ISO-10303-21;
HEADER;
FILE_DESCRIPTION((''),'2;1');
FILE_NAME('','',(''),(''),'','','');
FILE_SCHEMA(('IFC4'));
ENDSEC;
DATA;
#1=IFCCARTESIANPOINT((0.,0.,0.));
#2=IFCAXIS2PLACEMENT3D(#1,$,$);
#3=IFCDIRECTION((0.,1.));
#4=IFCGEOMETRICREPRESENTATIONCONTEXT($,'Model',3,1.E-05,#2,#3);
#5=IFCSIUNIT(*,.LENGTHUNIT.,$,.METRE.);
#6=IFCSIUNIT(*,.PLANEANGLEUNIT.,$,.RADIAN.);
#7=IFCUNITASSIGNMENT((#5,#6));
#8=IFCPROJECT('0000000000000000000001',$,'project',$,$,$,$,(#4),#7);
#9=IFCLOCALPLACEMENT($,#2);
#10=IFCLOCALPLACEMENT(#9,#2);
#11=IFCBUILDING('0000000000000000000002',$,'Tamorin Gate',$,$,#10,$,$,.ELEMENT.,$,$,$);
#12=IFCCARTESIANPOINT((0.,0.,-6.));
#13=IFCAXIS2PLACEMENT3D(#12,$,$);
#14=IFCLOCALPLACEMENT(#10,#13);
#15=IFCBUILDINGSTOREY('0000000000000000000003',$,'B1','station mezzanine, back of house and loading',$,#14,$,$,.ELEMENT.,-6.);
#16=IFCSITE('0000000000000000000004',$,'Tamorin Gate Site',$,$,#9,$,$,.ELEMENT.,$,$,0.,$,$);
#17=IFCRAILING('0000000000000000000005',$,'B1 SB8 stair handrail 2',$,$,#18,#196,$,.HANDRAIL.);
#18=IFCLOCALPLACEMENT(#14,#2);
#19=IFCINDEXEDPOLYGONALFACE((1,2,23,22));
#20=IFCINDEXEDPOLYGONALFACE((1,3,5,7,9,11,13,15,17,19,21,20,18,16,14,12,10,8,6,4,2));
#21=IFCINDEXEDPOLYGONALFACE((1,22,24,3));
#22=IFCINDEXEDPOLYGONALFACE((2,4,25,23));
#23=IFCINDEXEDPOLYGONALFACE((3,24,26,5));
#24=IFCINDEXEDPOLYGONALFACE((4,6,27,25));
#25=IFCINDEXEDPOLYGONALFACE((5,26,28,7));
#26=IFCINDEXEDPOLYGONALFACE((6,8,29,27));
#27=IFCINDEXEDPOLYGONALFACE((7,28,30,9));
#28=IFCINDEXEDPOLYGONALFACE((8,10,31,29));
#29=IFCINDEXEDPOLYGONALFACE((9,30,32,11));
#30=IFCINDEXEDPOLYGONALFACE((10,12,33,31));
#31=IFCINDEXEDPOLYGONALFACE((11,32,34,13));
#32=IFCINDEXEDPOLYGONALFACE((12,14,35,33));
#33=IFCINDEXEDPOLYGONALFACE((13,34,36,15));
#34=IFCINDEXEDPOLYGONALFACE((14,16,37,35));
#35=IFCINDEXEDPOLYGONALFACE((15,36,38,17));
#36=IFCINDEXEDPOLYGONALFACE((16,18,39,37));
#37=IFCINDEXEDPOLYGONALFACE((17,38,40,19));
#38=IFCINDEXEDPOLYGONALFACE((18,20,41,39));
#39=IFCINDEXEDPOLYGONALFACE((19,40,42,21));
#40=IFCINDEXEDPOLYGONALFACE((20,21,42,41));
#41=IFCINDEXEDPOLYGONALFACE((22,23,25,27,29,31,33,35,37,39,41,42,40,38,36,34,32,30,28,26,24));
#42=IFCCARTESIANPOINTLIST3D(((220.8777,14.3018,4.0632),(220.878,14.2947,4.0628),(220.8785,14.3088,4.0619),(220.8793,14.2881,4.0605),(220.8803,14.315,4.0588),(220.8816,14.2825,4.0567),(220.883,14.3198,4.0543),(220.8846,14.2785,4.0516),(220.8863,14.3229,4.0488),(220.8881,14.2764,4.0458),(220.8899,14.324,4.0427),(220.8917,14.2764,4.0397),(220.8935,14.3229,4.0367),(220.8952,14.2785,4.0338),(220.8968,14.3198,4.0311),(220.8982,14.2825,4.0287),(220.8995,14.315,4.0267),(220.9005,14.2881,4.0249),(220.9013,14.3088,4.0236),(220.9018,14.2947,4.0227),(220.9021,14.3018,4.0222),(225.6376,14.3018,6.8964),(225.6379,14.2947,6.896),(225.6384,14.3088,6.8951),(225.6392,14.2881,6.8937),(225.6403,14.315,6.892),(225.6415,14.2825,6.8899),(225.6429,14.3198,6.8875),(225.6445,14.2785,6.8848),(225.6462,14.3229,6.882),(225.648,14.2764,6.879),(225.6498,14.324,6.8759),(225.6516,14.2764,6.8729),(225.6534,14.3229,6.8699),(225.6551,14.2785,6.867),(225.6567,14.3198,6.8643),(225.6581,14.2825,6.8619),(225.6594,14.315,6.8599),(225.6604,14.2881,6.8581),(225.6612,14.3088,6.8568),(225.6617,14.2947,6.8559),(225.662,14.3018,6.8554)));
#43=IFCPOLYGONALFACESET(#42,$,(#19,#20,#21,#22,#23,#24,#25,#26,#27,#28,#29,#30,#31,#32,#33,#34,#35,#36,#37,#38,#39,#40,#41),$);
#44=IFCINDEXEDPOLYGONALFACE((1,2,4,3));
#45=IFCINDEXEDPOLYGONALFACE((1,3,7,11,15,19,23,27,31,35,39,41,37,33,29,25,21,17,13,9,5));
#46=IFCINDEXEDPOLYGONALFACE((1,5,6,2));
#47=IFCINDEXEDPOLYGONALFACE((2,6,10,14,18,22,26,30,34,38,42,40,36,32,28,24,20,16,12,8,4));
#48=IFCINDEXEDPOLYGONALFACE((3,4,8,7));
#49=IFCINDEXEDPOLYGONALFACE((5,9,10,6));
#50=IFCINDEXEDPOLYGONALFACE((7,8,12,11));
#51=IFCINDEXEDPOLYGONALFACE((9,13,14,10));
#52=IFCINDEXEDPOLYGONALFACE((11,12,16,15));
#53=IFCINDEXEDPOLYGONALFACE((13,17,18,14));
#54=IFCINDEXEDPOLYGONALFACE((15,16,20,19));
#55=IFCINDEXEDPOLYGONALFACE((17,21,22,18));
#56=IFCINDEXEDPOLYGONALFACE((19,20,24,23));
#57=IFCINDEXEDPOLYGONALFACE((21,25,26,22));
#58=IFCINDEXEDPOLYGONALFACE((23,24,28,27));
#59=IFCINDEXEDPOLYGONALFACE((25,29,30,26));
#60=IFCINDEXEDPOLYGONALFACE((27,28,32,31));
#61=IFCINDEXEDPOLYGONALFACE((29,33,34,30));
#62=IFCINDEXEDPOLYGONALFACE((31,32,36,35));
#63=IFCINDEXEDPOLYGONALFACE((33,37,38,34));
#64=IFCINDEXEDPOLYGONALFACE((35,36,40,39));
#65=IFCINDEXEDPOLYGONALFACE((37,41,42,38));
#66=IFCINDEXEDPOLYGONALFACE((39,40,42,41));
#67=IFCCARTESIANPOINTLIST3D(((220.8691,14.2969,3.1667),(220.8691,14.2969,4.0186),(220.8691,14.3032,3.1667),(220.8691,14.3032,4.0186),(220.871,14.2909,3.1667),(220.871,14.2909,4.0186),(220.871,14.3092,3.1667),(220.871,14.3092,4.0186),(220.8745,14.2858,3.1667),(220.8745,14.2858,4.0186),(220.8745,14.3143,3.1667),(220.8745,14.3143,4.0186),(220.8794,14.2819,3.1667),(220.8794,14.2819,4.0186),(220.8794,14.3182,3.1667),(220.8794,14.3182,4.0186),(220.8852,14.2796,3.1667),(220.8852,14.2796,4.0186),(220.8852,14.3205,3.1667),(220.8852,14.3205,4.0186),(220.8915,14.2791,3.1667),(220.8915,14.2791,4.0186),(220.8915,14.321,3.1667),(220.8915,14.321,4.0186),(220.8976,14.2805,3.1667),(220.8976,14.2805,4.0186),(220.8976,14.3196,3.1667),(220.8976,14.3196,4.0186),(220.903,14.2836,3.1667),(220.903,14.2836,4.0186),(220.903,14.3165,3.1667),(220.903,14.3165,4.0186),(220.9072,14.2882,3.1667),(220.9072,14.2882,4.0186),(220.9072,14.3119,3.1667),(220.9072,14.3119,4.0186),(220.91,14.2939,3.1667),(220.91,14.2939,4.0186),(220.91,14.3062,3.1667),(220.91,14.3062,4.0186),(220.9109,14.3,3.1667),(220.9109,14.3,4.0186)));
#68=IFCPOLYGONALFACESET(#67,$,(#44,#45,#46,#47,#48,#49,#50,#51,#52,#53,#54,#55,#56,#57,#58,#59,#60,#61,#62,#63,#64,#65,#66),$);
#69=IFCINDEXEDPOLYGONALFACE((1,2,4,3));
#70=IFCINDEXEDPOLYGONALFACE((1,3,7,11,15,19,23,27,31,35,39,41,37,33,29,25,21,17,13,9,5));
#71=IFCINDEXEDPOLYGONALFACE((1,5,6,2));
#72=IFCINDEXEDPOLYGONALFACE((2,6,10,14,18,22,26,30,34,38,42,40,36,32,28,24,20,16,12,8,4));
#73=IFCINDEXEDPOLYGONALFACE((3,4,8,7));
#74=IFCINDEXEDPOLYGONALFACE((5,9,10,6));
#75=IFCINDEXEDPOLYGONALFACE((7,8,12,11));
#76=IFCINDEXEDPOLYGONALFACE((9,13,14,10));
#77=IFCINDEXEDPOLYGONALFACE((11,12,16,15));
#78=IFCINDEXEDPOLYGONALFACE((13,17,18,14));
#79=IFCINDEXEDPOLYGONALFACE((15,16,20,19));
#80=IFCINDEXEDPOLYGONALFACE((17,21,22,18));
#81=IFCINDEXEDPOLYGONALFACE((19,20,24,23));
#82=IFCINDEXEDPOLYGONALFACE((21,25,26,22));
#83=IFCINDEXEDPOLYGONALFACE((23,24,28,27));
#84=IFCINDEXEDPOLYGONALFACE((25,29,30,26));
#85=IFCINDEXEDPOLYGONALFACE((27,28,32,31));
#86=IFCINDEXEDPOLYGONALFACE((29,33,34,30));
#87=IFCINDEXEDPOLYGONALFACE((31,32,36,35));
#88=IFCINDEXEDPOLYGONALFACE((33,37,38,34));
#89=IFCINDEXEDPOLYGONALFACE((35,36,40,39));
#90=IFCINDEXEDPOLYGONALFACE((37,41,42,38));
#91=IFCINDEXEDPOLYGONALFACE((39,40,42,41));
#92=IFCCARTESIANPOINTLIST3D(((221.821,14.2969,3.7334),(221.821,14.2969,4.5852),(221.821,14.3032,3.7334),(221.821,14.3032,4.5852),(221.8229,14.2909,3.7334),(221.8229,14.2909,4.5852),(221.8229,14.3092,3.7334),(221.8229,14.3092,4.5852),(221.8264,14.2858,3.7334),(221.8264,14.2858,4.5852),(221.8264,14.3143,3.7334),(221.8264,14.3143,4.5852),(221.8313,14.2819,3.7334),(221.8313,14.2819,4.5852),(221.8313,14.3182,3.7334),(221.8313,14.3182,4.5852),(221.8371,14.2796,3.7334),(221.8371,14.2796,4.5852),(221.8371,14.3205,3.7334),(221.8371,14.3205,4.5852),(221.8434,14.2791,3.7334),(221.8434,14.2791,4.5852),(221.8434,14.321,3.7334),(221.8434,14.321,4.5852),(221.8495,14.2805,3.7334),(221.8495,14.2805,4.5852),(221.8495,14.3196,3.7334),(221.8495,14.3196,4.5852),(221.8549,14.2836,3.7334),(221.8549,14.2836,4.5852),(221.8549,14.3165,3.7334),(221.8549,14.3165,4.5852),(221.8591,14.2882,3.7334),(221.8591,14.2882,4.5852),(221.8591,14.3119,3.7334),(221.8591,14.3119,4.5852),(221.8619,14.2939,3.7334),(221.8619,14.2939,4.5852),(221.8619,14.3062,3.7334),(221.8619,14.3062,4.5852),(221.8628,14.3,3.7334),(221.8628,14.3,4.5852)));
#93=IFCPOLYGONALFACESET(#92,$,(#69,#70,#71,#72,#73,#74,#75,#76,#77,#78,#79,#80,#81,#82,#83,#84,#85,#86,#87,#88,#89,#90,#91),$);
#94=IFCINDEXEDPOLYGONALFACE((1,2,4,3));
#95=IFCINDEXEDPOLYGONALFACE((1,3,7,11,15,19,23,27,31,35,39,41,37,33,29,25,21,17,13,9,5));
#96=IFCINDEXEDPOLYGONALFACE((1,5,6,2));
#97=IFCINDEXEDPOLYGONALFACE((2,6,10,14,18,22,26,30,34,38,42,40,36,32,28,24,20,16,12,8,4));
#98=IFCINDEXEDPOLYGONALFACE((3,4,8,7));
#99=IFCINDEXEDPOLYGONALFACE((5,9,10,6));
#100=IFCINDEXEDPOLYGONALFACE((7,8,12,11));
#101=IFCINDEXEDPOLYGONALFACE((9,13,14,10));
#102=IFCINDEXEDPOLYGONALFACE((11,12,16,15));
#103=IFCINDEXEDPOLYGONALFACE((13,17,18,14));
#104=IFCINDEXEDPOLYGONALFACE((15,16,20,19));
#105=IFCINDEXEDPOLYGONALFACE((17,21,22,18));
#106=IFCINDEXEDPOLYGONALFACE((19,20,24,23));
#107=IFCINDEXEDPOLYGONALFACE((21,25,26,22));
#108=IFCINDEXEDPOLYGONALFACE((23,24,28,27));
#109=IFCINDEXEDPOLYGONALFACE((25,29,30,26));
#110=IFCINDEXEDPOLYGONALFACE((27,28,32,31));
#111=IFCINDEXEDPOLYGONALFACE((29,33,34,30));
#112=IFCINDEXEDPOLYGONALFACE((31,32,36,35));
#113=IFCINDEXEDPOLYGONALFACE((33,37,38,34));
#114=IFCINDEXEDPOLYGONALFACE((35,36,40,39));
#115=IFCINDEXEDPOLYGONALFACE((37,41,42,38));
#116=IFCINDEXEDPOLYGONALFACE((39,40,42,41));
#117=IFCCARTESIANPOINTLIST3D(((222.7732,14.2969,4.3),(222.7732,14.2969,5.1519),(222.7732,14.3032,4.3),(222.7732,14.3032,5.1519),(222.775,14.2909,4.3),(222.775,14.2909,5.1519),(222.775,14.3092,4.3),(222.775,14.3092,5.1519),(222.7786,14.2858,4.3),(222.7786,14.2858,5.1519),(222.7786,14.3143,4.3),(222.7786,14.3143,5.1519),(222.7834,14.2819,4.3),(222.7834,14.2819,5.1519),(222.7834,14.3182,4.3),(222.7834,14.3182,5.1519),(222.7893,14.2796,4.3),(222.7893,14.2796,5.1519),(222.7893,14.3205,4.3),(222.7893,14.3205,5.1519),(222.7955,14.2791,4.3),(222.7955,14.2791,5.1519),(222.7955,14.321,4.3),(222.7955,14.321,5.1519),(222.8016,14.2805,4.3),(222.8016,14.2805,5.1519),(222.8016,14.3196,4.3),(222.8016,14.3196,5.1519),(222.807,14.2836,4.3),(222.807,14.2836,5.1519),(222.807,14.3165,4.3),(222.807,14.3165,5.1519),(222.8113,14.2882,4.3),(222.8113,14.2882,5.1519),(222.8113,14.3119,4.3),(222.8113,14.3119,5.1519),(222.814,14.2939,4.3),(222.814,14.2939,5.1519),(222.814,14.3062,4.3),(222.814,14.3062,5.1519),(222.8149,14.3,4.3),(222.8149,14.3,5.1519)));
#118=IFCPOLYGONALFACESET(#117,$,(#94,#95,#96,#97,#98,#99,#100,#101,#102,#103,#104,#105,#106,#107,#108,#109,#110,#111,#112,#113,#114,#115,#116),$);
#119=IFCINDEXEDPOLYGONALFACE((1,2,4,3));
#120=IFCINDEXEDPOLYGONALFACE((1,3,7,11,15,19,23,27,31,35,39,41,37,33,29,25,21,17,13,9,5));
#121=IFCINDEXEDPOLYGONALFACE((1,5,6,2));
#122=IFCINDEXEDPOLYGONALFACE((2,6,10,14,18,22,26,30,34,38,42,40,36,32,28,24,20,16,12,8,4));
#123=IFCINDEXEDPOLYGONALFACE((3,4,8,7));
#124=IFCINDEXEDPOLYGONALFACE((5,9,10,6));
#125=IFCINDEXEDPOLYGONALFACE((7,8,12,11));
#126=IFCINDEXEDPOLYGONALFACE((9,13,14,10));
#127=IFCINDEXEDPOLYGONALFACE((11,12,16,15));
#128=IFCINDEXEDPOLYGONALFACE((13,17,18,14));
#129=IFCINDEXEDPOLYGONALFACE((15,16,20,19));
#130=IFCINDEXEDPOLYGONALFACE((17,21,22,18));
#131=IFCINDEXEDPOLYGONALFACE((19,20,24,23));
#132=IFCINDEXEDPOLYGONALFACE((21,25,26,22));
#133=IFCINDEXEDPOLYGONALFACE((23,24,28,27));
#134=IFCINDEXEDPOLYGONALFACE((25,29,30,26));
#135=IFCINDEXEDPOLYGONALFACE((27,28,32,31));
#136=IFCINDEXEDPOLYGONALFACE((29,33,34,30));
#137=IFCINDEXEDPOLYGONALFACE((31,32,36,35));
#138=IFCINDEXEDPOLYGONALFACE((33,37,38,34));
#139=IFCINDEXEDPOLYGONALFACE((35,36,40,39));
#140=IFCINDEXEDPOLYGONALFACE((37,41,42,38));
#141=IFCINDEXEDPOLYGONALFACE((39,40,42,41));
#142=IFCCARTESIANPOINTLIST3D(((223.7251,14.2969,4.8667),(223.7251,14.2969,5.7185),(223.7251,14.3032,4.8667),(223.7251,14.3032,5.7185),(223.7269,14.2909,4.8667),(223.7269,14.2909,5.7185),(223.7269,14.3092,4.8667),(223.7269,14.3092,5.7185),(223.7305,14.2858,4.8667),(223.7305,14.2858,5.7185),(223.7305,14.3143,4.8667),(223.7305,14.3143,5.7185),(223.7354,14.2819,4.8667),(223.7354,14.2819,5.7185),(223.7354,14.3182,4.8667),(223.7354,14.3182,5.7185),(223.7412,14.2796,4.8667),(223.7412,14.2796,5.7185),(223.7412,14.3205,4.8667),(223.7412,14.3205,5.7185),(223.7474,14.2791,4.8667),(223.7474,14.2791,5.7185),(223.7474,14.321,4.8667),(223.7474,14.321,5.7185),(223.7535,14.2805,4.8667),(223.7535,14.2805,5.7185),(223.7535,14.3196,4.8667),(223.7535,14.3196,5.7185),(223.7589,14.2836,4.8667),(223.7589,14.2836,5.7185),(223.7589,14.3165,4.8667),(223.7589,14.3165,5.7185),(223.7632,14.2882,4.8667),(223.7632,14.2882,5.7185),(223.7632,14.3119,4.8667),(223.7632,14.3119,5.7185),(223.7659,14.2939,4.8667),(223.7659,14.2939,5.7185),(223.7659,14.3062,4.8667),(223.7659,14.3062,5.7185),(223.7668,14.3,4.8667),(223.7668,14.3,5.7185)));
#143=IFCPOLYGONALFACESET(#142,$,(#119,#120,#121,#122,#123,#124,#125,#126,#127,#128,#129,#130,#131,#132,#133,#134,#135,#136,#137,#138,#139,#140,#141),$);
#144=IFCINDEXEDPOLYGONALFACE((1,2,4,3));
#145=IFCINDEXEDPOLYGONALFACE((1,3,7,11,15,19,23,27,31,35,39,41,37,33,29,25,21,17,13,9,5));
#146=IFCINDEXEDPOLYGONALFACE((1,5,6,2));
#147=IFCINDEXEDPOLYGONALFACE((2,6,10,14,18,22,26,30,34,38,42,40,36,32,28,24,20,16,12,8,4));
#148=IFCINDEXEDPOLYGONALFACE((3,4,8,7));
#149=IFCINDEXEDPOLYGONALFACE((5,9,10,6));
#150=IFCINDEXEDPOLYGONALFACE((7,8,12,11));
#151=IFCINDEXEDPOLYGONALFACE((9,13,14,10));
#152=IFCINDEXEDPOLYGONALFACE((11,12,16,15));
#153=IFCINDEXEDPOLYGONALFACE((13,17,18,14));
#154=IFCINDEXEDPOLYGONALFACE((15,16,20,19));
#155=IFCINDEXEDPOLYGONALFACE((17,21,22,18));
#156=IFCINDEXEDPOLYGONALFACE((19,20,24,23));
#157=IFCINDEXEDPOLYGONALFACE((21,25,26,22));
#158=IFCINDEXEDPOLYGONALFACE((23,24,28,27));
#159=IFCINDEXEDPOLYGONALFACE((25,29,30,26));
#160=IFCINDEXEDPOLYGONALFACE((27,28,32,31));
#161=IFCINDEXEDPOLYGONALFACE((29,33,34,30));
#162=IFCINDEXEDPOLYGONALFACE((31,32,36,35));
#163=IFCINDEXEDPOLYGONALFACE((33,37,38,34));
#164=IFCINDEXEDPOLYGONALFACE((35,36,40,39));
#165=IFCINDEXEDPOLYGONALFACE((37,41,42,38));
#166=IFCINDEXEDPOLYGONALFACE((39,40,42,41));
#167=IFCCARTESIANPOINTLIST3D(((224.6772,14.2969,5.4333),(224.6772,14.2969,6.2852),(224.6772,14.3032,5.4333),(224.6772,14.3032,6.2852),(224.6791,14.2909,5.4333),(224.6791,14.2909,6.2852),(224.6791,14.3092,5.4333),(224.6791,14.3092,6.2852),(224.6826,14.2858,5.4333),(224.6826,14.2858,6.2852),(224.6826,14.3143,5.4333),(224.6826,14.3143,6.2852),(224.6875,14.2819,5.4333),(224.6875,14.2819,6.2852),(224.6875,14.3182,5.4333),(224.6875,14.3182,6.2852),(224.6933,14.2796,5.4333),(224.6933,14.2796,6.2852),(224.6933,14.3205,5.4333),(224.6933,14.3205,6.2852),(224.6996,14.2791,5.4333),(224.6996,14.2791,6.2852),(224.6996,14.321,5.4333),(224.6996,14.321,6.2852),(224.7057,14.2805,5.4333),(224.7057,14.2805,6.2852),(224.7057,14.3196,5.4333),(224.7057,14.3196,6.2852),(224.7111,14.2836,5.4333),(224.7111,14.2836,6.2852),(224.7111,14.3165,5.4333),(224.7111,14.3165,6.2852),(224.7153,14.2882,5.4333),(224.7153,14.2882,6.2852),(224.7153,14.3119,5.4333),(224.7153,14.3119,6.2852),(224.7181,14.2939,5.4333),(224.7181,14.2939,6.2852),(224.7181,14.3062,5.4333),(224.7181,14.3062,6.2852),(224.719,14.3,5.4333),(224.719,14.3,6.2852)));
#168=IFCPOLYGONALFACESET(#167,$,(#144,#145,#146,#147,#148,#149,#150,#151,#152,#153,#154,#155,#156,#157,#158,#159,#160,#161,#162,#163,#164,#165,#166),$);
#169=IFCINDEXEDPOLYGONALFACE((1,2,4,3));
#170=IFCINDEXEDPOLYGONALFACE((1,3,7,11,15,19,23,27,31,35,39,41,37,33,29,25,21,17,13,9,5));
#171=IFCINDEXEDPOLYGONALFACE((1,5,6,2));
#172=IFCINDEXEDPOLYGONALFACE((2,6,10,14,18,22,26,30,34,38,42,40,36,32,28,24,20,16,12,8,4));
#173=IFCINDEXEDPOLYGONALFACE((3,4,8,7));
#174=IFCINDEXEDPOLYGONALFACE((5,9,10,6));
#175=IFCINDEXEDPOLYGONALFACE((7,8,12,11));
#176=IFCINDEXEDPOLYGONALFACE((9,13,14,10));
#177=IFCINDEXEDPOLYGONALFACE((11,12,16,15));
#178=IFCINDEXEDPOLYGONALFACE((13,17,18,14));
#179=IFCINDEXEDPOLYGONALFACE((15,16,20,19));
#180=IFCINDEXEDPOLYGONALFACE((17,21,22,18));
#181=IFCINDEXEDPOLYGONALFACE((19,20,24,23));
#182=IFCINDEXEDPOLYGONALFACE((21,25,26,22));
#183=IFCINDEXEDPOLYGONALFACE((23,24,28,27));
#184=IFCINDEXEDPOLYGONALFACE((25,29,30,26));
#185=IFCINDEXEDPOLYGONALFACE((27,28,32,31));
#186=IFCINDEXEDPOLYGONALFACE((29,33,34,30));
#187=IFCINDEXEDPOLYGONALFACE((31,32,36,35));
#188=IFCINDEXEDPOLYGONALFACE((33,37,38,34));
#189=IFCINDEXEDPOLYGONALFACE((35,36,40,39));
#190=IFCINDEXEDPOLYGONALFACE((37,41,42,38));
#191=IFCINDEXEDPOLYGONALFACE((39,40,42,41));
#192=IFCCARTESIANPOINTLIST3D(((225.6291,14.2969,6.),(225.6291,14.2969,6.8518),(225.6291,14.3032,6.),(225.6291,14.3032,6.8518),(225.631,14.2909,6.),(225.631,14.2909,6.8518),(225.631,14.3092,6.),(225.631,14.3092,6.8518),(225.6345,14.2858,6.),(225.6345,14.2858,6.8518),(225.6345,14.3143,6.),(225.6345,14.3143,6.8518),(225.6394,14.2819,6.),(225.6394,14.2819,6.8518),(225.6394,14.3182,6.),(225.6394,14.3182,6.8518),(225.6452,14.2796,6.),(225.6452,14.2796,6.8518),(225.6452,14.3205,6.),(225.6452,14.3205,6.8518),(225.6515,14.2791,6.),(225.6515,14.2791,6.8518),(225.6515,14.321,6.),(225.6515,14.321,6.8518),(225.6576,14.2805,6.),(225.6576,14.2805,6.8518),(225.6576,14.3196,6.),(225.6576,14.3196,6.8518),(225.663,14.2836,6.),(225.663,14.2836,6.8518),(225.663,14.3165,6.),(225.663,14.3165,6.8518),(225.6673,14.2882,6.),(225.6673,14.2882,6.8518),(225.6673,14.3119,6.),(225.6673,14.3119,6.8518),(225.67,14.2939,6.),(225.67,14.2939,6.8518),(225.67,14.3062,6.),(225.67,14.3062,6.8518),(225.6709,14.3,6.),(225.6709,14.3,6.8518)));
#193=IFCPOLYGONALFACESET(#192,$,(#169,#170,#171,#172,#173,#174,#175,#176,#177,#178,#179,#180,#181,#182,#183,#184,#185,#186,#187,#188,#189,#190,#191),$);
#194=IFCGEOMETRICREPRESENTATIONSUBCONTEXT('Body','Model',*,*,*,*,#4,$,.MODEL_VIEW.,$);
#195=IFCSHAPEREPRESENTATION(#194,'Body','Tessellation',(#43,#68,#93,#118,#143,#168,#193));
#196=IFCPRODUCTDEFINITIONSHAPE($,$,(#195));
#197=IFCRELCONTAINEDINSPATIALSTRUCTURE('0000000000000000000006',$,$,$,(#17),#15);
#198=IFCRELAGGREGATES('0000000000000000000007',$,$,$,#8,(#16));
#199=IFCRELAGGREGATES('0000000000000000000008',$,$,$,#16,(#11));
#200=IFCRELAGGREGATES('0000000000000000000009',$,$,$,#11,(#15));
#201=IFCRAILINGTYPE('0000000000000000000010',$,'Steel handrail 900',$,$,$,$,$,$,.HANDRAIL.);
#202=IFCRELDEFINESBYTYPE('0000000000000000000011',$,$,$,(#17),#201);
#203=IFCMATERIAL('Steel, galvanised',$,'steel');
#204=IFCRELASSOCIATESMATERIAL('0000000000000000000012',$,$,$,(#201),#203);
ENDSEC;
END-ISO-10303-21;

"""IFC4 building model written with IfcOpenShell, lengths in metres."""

from ifc_helpers import new_model, si_unit, direction, frame, origin, origin_2d, place, context, subcontext, project, spatial, circle, extrude, material, type_object, element, save


model = new_model("IFC4")

# Units and contexts
model_context = context("Model", 3, precision=1e-05, world=origin(), true_north=direction((0.0, 1.0)))
body_context = subcontext(model_context, "Body", "Model", "MODEL_VIEW")
ifc_project = project(units=[si_unit("LENGTHUNIT", "METRE"), si_unit("PLANEANGLEUNIT", "RADIAN")], contexts=[model_context])

# Site, building, storey
site_placement = place(None, origin())
site = spatial("IfcSite", under=ifc_project, at=site_placement, Name="Tamorin Gate Site", CompositionType="ELEMENT", RefElevation=0.0)
building_placement = place(site_placement, origin())
building = spatial("IfcBuilding", under=site, at=building_placement, Name="Tamorin Gate", CompositionType="ELEMENT")
storey_placement = place(building_placement, frame((0.0, 0.0, -6.0)))
storey = spatial("IfcBuildingStorey", under=building, at=storey_placement, Name="B1", Description="station mezzanine, back of house and loading", CompositionType="ELEMENT", Elevation=-6.0)

# Railing
ifc_material_1 = material(Name="Steel, galvanised", Category="steel")
railing_type_1 = type_object("IfcRailingType", Name="Steel handrail 900", PredefinedType="HANDRAIL", material=ifc_material_1)
railing_1_placement = place(storey_placement, frame((220.8899, 14.3, 3.1667)))
element("IfcRailing", 1, at=railing_1_placement, inside=storey, type_object=railing_type_1, Name="B1 SB8 stair handrail 2", PredefinedType="HANDRAIL", context=body_context, shape_type="SweptSolid", body=[
    extrude(circle(Radius=0.0239, at=origin_2d()), frame((0.0, 0.0, 0.876), z_axis=(0.8593, 0.0, 0.511472), x_axis=(0.0, 1.0, 0.0)), (0.0, 0.0, 1.0), 5.5393),
    extrude(circle(Radius=0.021, at=origin_2d()), origin(), (0.0, 0.0, 1.0), 0.8518),
    extrude(circle(Radius=0.021, at=origin_2d()), frame((0.9519, 0.0, 0.5667)), (0.0, 0.0, 1.0), 0.8518),
    extrude(circle(Radius=0.021, at=origin_2d()), frame((1.9041, 0.0, 1.1333)), (0.0, 0.0, 1.0), 0.8518),
    extrude(circle(Radius=0.021, at=origin_2d()), frame((2.856, 0.0, 1.7)), (0.0, 0.0, 1.0), 0.8518),
    extrude(circle(Radius=0.021, at=origin_2d()), frame((3.8081, 0.0, 2.2666)), (0.0, 0.0, 1.0), 0.8518),
    extrude(circle(Radius=0.021, at=origin_2d()), frame((4.76, 0.0, 2.8333)), (0.0, 0.0, 1.0), 0.8518),
])

save(model, "model.ifc")
